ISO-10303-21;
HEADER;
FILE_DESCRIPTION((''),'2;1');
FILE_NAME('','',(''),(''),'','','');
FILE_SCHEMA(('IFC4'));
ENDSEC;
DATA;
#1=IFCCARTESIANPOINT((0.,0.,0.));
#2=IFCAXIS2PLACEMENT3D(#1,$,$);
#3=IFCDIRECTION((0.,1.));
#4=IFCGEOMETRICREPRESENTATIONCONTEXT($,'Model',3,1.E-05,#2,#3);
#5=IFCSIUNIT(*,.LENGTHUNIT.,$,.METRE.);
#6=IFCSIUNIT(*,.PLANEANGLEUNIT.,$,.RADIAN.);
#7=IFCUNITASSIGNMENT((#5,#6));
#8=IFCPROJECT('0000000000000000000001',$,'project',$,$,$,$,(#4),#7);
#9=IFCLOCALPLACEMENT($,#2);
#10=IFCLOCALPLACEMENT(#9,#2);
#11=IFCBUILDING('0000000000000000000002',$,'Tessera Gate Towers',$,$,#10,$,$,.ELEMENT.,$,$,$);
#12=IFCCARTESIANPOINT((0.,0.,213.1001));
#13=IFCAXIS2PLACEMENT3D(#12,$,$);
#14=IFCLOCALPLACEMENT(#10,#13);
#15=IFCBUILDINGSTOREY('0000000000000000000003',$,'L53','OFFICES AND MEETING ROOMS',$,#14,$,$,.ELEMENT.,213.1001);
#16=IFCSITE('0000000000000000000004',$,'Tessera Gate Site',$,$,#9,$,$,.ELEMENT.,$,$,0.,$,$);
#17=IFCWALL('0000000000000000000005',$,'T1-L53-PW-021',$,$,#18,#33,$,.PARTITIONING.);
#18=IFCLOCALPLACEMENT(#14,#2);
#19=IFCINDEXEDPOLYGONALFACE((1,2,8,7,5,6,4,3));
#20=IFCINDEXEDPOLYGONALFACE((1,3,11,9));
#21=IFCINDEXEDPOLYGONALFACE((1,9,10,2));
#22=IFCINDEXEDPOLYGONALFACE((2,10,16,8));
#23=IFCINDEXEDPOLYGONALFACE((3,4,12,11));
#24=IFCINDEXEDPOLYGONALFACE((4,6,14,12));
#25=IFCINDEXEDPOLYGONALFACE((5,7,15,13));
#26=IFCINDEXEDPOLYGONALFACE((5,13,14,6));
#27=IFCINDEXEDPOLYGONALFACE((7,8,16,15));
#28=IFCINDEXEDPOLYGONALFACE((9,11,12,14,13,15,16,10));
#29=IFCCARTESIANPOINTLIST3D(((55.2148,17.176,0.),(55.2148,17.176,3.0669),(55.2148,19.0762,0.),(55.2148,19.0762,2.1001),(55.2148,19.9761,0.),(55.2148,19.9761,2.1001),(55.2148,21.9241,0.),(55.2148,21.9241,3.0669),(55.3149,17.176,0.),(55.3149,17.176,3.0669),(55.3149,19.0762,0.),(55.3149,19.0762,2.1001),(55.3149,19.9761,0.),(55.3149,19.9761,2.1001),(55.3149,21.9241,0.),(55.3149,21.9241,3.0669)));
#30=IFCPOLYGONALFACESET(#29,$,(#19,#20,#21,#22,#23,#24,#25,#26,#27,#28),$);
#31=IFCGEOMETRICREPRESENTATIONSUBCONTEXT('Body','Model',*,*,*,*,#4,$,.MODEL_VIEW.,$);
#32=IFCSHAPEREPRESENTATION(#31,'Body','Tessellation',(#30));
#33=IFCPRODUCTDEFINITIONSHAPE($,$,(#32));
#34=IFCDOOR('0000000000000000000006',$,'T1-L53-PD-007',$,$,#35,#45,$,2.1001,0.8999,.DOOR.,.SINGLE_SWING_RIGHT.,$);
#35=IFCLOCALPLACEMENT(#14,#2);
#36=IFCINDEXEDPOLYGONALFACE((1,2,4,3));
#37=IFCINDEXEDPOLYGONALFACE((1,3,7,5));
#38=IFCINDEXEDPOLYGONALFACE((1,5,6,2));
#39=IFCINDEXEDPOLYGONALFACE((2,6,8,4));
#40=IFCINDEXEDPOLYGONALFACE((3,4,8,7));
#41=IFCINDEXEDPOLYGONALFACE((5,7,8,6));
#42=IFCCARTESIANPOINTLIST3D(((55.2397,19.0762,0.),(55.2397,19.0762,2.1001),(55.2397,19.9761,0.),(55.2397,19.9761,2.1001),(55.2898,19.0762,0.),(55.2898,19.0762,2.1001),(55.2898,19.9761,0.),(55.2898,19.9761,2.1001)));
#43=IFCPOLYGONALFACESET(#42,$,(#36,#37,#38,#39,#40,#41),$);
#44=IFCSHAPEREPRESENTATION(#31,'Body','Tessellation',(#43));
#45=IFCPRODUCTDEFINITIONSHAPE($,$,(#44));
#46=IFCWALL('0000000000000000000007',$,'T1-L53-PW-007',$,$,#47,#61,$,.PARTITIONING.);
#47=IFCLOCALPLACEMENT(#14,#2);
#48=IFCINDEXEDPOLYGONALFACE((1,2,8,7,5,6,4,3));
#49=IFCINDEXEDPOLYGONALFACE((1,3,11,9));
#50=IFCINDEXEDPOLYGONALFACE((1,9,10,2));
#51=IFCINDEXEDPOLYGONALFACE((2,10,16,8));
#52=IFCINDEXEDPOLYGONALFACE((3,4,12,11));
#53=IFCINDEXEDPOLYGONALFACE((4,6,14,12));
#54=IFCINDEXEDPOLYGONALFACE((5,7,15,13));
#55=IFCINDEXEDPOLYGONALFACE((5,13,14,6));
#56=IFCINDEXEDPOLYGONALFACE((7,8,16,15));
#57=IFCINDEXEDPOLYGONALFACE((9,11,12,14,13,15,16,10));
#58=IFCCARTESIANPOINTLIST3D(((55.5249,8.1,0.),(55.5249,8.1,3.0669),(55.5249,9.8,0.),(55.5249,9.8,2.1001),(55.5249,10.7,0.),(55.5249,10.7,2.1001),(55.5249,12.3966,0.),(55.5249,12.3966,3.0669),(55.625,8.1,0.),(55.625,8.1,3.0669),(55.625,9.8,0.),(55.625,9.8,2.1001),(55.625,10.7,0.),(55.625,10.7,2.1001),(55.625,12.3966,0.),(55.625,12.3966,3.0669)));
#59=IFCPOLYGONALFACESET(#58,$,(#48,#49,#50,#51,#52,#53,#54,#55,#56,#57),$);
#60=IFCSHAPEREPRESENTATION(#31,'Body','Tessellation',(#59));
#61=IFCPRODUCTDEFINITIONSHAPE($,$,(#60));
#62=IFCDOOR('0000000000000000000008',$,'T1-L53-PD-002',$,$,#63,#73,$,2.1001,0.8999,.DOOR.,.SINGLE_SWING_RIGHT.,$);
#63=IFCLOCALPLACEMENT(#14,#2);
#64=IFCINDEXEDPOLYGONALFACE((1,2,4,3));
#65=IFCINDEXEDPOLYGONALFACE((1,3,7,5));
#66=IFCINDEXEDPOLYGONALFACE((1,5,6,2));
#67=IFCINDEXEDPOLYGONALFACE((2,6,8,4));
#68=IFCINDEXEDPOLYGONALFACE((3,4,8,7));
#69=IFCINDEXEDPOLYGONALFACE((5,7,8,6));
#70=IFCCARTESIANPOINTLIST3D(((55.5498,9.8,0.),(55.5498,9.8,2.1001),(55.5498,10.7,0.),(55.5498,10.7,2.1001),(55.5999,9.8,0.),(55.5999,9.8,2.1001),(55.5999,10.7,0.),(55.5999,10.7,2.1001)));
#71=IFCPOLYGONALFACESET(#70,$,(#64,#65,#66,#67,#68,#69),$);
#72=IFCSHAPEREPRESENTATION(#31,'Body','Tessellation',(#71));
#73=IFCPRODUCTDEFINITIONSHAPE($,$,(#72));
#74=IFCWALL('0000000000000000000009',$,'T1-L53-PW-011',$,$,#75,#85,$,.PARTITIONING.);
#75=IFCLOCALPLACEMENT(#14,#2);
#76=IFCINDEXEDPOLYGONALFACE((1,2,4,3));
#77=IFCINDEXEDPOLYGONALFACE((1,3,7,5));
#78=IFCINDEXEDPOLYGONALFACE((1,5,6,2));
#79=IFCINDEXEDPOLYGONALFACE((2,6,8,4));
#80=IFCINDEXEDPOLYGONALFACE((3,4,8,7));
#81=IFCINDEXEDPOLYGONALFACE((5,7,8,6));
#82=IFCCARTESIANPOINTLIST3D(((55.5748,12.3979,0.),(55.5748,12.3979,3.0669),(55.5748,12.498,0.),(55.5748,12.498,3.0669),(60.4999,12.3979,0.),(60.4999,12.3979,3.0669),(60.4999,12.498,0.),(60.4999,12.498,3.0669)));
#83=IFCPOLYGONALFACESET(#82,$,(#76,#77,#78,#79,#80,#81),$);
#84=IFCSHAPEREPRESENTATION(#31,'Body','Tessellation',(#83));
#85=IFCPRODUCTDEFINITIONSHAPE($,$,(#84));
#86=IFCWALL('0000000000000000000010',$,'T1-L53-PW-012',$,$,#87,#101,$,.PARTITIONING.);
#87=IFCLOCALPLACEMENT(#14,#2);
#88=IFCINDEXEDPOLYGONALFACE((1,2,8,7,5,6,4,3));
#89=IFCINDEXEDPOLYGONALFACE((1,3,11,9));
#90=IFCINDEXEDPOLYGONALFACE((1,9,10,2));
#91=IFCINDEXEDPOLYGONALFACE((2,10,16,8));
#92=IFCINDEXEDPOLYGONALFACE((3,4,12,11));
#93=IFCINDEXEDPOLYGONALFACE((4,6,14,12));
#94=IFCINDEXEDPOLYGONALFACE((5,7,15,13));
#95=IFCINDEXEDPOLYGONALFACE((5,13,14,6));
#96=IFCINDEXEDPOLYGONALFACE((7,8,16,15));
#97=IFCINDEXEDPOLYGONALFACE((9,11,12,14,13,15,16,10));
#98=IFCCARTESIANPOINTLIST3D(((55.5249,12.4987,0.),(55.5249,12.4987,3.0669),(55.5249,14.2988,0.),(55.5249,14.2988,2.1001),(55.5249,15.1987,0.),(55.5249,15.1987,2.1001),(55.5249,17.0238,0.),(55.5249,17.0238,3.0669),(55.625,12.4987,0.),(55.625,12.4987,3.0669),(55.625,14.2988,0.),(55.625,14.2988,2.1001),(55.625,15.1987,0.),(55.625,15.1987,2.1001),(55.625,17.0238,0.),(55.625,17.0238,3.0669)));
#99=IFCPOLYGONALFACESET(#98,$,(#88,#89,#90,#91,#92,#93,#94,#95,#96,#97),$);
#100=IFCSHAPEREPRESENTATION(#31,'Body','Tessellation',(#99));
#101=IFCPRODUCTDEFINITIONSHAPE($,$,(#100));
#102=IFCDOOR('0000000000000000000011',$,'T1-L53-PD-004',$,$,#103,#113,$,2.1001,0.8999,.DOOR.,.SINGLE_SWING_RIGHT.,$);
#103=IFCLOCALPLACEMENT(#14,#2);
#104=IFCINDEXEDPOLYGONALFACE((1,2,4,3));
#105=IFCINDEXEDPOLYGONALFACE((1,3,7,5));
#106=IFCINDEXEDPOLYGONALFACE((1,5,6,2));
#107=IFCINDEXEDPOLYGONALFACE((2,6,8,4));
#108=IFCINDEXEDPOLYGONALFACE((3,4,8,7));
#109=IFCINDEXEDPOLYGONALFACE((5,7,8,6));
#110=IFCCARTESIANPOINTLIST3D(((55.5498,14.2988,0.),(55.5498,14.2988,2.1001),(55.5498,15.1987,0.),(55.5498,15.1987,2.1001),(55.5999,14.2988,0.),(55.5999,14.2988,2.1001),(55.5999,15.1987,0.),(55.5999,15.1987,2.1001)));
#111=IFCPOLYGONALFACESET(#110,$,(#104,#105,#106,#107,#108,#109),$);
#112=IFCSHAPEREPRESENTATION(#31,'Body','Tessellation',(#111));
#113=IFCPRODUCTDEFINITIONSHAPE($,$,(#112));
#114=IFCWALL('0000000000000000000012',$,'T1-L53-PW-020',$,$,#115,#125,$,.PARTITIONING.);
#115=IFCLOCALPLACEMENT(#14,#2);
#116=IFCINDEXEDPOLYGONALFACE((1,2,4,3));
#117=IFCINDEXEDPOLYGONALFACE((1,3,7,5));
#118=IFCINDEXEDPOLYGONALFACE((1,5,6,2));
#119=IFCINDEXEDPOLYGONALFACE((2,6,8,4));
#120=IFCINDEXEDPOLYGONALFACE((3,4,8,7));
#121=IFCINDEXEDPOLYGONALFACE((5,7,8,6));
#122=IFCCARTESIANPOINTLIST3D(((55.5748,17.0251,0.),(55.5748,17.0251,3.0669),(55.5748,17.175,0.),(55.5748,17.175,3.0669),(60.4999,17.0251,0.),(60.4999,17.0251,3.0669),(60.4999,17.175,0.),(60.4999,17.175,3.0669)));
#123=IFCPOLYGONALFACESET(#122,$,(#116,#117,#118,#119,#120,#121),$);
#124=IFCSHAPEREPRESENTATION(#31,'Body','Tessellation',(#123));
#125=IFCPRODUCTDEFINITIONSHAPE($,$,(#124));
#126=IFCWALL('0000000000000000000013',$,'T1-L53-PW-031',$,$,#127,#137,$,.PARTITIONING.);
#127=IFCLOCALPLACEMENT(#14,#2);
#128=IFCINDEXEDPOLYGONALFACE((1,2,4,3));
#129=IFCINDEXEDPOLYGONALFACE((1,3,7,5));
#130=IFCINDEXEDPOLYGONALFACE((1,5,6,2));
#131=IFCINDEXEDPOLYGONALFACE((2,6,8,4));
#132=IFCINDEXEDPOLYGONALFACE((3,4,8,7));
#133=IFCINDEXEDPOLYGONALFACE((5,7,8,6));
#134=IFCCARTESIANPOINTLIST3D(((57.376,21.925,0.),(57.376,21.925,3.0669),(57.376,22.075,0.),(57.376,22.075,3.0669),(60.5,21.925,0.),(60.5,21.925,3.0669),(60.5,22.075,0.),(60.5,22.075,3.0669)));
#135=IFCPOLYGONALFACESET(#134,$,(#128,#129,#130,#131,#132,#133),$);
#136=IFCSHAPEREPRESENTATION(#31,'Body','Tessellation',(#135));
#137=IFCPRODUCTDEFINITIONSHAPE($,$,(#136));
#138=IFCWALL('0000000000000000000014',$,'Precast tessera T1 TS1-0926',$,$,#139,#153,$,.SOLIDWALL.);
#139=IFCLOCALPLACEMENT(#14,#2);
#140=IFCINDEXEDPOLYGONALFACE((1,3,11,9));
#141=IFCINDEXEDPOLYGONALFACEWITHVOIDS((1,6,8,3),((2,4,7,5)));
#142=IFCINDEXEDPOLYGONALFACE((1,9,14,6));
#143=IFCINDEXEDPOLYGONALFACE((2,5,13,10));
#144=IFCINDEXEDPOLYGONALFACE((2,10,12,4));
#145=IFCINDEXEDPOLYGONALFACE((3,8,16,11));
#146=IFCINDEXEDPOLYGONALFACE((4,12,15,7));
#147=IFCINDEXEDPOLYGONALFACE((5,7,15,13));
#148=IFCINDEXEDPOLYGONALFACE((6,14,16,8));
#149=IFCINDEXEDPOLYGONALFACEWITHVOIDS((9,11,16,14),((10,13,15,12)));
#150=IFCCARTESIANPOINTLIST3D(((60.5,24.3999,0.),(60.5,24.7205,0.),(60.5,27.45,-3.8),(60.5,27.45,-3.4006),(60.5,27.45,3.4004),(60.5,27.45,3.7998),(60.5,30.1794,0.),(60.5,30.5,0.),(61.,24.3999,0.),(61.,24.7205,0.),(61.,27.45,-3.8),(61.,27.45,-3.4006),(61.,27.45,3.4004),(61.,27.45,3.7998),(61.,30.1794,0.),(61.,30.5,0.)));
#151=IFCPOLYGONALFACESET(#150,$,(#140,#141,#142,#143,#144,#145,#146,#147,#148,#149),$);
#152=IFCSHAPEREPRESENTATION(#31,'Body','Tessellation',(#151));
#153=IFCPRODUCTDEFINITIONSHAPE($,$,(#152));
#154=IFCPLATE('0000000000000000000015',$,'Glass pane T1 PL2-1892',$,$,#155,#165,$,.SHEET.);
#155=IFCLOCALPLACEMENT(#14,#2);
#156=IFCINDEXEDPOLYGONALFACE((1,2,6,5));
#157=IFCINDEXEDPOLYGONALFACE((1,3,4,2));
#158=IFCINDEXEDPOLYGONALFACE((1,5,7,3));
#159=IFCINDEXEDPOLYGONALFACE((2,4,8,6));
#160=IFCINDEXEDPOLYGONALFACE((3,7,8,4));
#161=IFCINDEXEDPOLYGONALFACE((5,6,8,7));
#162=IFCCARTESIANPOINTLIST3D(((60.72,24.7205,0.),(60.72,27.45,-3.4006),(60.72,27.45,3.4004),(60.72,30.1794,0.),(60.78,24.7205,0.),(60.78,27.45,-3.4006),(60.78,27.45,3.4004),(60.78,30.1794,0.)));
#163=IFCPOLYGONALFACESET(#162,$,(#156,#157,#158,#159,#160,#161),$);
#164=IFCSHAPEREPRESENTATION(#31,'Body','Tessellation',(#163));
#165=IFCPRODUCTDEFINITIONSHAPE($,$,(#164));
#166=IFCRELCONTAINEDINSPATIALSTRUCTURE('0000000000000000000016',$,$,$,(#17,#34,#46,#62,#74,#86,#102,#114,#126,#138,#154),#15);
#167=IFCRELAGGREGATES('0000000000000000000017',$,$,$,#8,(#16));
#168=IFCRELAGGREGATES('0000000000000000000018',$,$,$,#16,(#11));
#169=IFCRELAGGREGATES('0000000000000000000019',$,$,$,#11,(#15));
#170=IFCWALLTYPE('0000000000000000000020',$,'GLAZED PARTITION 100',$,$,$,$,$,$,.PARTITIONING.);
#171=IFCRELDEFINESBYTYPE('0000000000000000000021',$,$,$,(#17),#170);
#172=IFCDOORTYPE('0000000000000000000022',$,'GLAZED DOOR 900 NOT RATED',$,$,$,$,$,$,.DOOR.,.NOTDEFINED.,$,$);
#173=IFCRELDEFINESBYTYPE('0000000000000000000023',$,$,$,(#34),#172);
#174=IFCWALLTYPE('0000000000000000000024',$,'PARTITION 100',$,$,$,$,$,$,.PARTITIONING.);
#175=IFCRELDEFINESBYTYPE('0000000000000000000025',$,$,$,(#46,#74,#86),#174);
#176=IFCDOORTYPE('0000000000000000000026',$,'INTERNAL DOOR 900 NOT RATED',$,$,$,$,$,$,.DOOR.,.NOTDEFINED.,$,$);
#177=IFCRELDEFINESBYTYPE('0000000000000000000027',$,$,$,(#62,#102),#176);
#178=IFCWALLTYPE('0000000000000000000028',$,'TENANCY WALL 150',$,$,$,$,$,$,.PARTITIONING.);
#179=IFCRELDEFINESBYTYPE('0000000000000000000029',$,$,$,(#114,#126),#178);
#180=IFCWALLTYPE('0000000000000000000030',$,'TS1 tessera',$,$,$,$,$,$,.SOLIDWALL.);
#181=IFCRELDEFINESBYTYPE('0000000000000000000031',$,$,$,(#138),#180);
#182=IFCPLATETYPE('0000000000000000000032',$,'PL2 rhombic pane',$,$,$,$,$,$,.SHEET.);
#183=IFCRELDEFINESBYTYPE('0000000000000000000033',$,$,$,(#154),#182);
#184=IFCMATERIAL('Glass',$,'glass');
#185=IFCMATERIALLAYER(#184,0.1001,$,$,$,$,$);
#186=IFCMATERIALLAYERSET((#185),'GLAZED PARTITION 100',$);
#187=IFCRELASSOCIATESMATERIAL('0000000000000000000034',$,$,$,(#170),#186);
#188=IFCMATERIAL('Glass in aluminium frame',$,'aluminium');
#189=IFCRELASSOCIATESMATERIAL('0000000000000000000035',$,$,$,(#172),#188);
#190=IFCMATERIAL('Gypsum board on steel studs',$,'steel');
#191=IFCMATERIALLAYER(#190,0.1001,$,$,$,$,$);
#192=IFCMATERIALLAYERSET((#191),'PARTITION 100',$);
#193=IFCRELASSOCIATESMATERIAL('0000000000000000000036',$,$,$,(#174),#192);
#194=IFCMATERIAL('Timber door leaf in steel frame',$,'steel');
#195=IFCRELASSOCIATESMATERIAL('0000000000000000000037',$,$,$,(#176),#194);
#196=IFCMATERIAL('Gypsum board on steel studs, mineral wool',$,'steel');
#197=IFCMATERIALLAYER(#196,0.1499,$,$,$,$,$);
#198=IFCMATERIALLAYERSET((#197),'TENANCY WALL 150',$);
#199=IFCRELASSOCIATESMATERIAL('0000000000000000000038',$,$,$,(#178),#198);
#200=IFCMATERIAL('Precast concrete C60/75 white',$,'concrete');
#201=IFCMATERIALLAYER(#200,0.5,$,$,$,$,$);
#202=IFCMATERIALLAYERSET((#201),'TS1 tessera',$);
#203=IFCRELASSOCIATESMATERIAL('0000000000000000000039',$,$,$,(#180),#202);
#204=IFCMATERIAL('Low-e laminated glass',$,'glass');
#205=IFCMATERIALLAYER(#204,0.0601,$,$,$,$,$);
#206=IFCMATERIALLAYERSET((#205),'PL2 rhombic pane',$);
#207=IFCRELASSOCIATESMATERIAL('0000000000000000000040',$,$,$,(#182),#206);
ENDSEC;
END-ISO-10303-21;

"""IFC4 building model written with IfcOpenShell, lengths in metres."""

from ifc_helpers import new_model, si_unit, direction, frame, frame_2d, origin, place, context, subcontext, project, spatial, polyline, rectangle, outline, extrude, source, transform, mapped, material, layer, layer_set, type_object, element, fill, save


model = new_model("IFC4")

# Units and contexts
model_context = context("Model", 3, precision=1e-05, world=origin(), true_north=direction((0.0, 1.0)))
body_context = subcontext(model_context, "Body", "Model", "MODEL_VIEW")
ifc_project = project(units=[si_unit("LENGTHUNIT", "METRE"), si_unit("PLANEANGLEUNIT", "RADIAN")], contexts=[model_context])

# Site, building, storey
site_placement = place(None, origin())
site = spatial("IfcSite", under=ifc_project, at=site_placement, Name="Tessera Gate Site", CompositionType="ELEMENT", RefElevation=0.0)
building_placement = place(site_placement, origin())
building = spatial("IfcBuilding", under=site, at=building_placement, Name="Tessera Gate Towers", CompositionType="ELEMENT")
storey_placement = place(building_placement, frame((0.0, 0.0, 213.1001)))
storey = spatial("IfcBuildingStorey", under=building, at=storey_placement, Name="L53", Description="OFFICES AND MEETING ROOMS", CompositionType="ELEMENT", Elevation=213.1001)

# Shared definitions
ifc_material_1 = material(Name="Glass", Category="glass")
ifc_layer_1 = layer(ifc_material_1, 0.1001)
ifc_layer_set_1 = layer_set([ifc_layer_1], Name="GLAZED PARTITION 100")
wall_type_1 = type_object("IfcWallType", Name="GLAZED PARTITION 100", PredefinedType="PARTITIONING", material=ifc_layer_set_1)

# Walls, openings, doors
wall_1_placement = place(storey_placement, frame((55.2649, 21.9241, 0.0), z_axis=(0.0, 0.0, 1.0), x_axis=(0.0, -1.0, 0.0)))
wall_1 = element("IfcWall", 1, at=wall_1_placement, inside=storey, type_object=wall_type_1, Name="T1-L53-PW-021", PredefinedType="PARTITIONING", context=body_context, shape_type="SweptSolid", body=[
    extrude(rectangle(XDim=4.748, YDim=0.1001, at=frame_2d((2.374, 0.0))), origin(), (0.0, 0.0, 1.0), 3.0669),
])
shared_shape_1 = source(origin(), body_context, "Body", "SweptSolid", [
    extrude(rectangle(XDim=0.8999, YDim=2.1001, at=frame_2d((0.45, 1.05))), frame((0.0, 0.0601, 0.0), z_axis=(0.0, -1.0, 0.0), x_axis=(1.0, 0.0, 0.0)), (0.0, 0.0, 1.0), 0.1201),
])
opening_1_placement = place(wall_1_placement, frame((1.948, 0.0, 0.0)))
opening_1 = element("IfcOpeningElement", 2, at=opening_1_placement, cuts=wall_1, PredefinedType="OPENING", context=body_context, shape_type="MappedRepresentation", body=[
    mapped(shared_shape_1, transform((0.0, 0.0, 0.0), scale=1.0)),
])
ifc_material_2 = material(Name="Glass in aluminium frame", Category="aluminium")
door_type_1 = type_object("IfcDoorType", Name="GLAZED DOOR 900 NOT RATED", OperationType="NOTDEFINED", PredefinedType="DOOR", material=ifc_material_2)
shared_shape_2 = source(origin(), body_context, "Body", "SweptSolid", [
    extrude(rectangle(XDim=0.8999, YDim=2.1001, at=frame_2d((0.45, 1.05))), frame((0.0, 0.0249, 0.0), z_axis=(0.0, -1.0, 0.0), x_axis=(1.0, 0.0, 0.0)), (0.0, 0.0, 1.0), 0.05),
])
door_1_placement = place(opening_1_placement, origin())
door_1 = element("IfcDoor", 3, at=door_1_placement, inside=storey, type_object=door_type_1, Name="T1-L53-PD-007", OperationType="SINGLE_SWING_RIGHT", OverallHeight=2.1001, OverallWidth=0.8999, PredefinedType="DOOR", context=body_context, shape_type="MappedRepresentation", body=[
    mapped(shared_shape_2, transform((0.0, 0.0, 0.0), scale=1.0)),
])
fill(opening_1, door_1)
ifc_material_3 = material(Name="Gypsum board on steel studs", Category="steel")
ifc_layer_2 = layer(ifc_material_3, 0.1001)
ifc_layer_set_2 = layer_set([ifc_layer_2], Name="PARTITION 100")
wall_type_2 = type_object("IfcWallType", Name="PARTITION 100", PredefinedType="PARTITIONING", material=ifc_layer_set_2)
wall_2_placement = place(storey_placement, frame((55.575, 12.3967, 0.0), z_axis=(0.0, 0.0, 1.0), x_axis=(0.0, -1.0, 0.0)))
wall_2 = element("IfcWall", 4, at=wall_2_placement, inside=storey, type_object=wall_type_2, Name="T1-L53-PW-007", PredefinedType="PARTITIONING", context=body_context, shape_type="SweptSolid", body=[
    extrude(rectangle(XDim=4.2966, YDim=0.1001, at=frame_2d((2.1484, 0.0))), origin(), (0.0, 0.0, 1.0), 3.0669),
])
opening_2_placement = place(wall_2_placement, frame((1.6968, 0.0, 0.0)))
opening_2 = element("IfcOpeningElement", 5, at=opening_2_placement, cuts=wall_2, PredefinedType="OPENING", context=body_context, shape_type="MappedRepresentation", body=[
    mapped(shared_shape_1, transform((0.0, 0.0, 0.0), scale=1.0)),
])
ifc_material_4 = material(Name="Timber door leaf in steel frame", Category="steel")
door_type_2 = type_object("IfcDoorType", Name="INTERNAL DOOR 900 NOT RATED", OperationType="NOTDEFINED", PredefinedType="DOOR", material=ifc_material_4)
door_2_placement = place(opening_2_placement, origin())
door_2 = element("IfcDoor", 6, at=door_2_placement, inside=storey, type_object=door_type_2, Name="T1-L53-PD-002", OperationType="SINGLE_SWING_RIGHT", OverallHeight=2.1001, OverallWidth=0.8999, PredefinedType="DOOR", context=body_context, shape_type="MappedRepresentation", body=[
    mapped(shared_shape_2, transform((0.0, 0.0, 0.0), scale=1.0)),
])
fill(opening_2, door_2)

# Wall
wall_3_placement = place(storey_placement, frame((55.575, 12.448, 0.0), z_axis=(0.0, 0.0, 1.0), x_axis=(1.0, 0.0, 0.0)))
element("IfcWall", 7, at=wall_3_placement, inside=storey, type_object=wall_type_2, Name="T1-L53-PW-011", PredefinedType="PARTITIONING", context=body_context, shape_type="SweptSolid", body=[
    extrude(rectangle(XDim=4.925, YDim=0.1001, at=frame_2d((2.4624, 0.0))), origin(), (0.0, 0.0, 1.0), 3.0669),
])

# Wall, opening, door
wall_4_placement = place(storey_placement, frame((55.575, 17.0239, 0.0), z_axis=(0.0, 0.0, 1.0), x_axis=(0.0, -1.0, 0.0)))
wall_4 = element("IfcWall", 8, at=wall_4_placement, inside=storey, type_object=wall_type_2, Name="T1-L53-PW-012", PredefinedType="PARTITIONING", context=body_context, shape_type="SweptSolid", body=[
    extrude(rectangle(XDim=4.5251, YDim=0.1001, at=frame_2d((2.2627, 0.0))), origin(), (0.0, 0.0, 1.0), 3.0669),
])
opening_3_placement = place(wall_4_placement, frame((1.8252, 0.0, 0.0)))
opening_3 = element("IfcOpeningElement", 9, at=opening_3_placement, cuts=wall_4, PredefinedType="OPENING", context=body_context, shape_type="MappedRepresentation", body=[
    mapped(shared_shape_1, transform((0.0, 0.0, 0.0), scale=1.0)),
])
door_3_placement = place(opening_3_placement, origin())
door_3 = element("IfcDoor", 10, at=door_3_placement, inside=storey, type_object=door_type_2, Name="T1-L53-PD-004", OperationType="SINGLE_SWING_RIGHT", OverallHeight=2.1001, OverallWidth=0.8999, PredefinedType="DOOR", context=body_context, shape_type="MappedRepresentation", body=[
    mapped(shared_shape_2, transform((0.0, 0.0, 0.0), scale=1.0)),
])
fill(opening_3, door_3)

# Walls
ifc_material_5 = material(Name="Gypsum board on steel studs, mineral wool", Category="steel")
ifc_layer_3 = layer(ifc_material_5, 0.1499)
ifc_layer_set_3 = layer_set([ifc_layer_3], Name="TENANCY WALL 150")
wall_type_3 = type_object("IfcWallType", Name="TENANCY WALL 150", PredefinedType="PARTITIONING", material=ifc_layer_set_3)
wall_5_placement = place(storey_placement, frame((55.575, 17.1001, 0.0), z_axis=(0.0, 0.0, 1.0), x_axis=(1.0, 0.0, 0.0)))
element("IfcWall", 11, at=wall_5_placement, inside=storey, type_object=wall_type_3, Name="T1-L53-PW-020", PredefinedType="PARTITIONING", context=body_context, shape_type="SweptSolid", body=[
    extrude(rectangle(XDim=4.925, YDim=0.1499, at=frame_2d((2.4624, 0.0))), origin(), (0.0, 0.0, 1.0), 3.0669),
])
wall_6_placement = place(storey_placement, frame((57.376, 22.0, 0.0), z_axis=(0.0, 0.0, 1.0), x_axis=(1.0, 0.0, 0.0)))
element("IfcWall", 12, at=wall_6_placement, inside=storey, type_object=wall_type_3, Name="T1-L53-PW-031", PredefinedType="PARTITIONING", context=body_context, shape_type="SweptSolid", body=[
    extrude(rectangle(XDim=3.124, YDim=0.1499, at=frame_2d((1.562, 0.0))), origin(), (0.0, 0.0, 1.0), 3.0669),
])

# Wall, opening, plate
ifc_material_6 = material(Name="Precast concrete C60/75 white", Category="concrete")
ifc_layer_4 = layer(ifc_material_6, 0.5)
ifc_layer_set_4 = layer_set([ifc_layer_4], Name="TS1 tessera")
wall_type_4 = type_object("IfcWallType", Name="TS1 tessera", PredefinedType="SOLIDWALL", material=ifc_layer_set_4)
shared_shape_3 = source(origin(), body_context, "Body", "SweptSolid", [
    extrude(outline(polyline([(3.05, 0.0), (6.1001, 3.8), (3.05, 7.5999), (0.0, 3.8), (3.05, 0.0)])), frame((0.0, 0.25, 0.0), z_axis=(0.0, -1.0, 0.0), x_axis=(1.0, 0.0, 0.0)), (0.0, 0.0, 1.0), 0.5),
])
wall_7_placement = place(storey_placement, frame((60.75, 24.3999, -3.8), z_axis=(0.0, 0.0, 1.0), x_axis=(0.0, 1.0, 0.0)))
wall_7 = element("IfcWall", 13, at=wall_7_placement, inside=storey, type_object=wall_type_4, Name="Precast tessera T1 TS1-0926", PredefinedType="SOLIDWALL", context=body_context, shape_type="MappedRepresentation", body=[
    mapped(shared_shape_3, transform((0.0, 0.0, 0.0), scale=1.0)),
])
shared_shape_4 = source(origin(), body_context, "Body", "SweptSolid", [
    extrude(outline(polyline([(3.05, 0.3994), (5.7795, 3.8), (3.05, 7.2004), (0.3206, 3.8), (3.05, 0.3994)])), frame((0.0, 0.26, 0.0), z_axis=(0.0, -1.0, 0.0), x_axis=(1.0, 0.0, 0.0)), (0.0, 0.0, 1.0), 0.52),
])
opening_4_placement = place(wall_7_placement, origin())
opening_4 = element("IfcOpeningElement", 14, at=opening_4_placement, cuts=wall_7, PredefinedType="OPENING", context=body_context, shape_type="MappedRepresentation", body=[
    mapped(shared_shape_4, transform((0.0, 0.0, 0.0), scale=1.0)),
])
ifc_material_7 = material(Name="Low-e laminated glass", Category="glass")
ifc_layer_5 = layer(ifc_material_7, 0.0601)
ifc_layer_set_5 = layer_set([ifc_layer_5], Name="PL2 rhombic pane")
plate_type = type_object("IfcPlateType", Name="PL2 rhombic pane", PredefinedType="SHEET", material=ifc_layer_set_5)
shared_shape_5 = source(origin(), body_context, "Body", "SweptSolid", [
    extrude(outline(polyline([(3.05, 0.3994), (5.7795, 3.8), (3.05, 7.2004), (0.3206, 3.8), (3.05, 0.3994)])), frame((0.0, 0.03, 0.0), z_axis=(0.0, -1.0, 0.0), x_axis=(1.0, 0.0, 0.0)), (0.0, 0.0, 1.0), 0.0601),
])
plate_1_placement = place(opening_4_placement, origin())
plate_1 = element("IfcPlate", 15, at=plate_1_placement, inside=storey, type_object=plate_type, Name="Glass pane T1 PL2-1892", PredefinedType="SHEET", context=body_context, shape_type="MappedRepresentation", body=[
    mapped(shared_shape_5, transform((0.0, 0.0, 0.0), scale=1.0)),
])
fill(opening_4, plate_1)

save(model, "model.ifc")
